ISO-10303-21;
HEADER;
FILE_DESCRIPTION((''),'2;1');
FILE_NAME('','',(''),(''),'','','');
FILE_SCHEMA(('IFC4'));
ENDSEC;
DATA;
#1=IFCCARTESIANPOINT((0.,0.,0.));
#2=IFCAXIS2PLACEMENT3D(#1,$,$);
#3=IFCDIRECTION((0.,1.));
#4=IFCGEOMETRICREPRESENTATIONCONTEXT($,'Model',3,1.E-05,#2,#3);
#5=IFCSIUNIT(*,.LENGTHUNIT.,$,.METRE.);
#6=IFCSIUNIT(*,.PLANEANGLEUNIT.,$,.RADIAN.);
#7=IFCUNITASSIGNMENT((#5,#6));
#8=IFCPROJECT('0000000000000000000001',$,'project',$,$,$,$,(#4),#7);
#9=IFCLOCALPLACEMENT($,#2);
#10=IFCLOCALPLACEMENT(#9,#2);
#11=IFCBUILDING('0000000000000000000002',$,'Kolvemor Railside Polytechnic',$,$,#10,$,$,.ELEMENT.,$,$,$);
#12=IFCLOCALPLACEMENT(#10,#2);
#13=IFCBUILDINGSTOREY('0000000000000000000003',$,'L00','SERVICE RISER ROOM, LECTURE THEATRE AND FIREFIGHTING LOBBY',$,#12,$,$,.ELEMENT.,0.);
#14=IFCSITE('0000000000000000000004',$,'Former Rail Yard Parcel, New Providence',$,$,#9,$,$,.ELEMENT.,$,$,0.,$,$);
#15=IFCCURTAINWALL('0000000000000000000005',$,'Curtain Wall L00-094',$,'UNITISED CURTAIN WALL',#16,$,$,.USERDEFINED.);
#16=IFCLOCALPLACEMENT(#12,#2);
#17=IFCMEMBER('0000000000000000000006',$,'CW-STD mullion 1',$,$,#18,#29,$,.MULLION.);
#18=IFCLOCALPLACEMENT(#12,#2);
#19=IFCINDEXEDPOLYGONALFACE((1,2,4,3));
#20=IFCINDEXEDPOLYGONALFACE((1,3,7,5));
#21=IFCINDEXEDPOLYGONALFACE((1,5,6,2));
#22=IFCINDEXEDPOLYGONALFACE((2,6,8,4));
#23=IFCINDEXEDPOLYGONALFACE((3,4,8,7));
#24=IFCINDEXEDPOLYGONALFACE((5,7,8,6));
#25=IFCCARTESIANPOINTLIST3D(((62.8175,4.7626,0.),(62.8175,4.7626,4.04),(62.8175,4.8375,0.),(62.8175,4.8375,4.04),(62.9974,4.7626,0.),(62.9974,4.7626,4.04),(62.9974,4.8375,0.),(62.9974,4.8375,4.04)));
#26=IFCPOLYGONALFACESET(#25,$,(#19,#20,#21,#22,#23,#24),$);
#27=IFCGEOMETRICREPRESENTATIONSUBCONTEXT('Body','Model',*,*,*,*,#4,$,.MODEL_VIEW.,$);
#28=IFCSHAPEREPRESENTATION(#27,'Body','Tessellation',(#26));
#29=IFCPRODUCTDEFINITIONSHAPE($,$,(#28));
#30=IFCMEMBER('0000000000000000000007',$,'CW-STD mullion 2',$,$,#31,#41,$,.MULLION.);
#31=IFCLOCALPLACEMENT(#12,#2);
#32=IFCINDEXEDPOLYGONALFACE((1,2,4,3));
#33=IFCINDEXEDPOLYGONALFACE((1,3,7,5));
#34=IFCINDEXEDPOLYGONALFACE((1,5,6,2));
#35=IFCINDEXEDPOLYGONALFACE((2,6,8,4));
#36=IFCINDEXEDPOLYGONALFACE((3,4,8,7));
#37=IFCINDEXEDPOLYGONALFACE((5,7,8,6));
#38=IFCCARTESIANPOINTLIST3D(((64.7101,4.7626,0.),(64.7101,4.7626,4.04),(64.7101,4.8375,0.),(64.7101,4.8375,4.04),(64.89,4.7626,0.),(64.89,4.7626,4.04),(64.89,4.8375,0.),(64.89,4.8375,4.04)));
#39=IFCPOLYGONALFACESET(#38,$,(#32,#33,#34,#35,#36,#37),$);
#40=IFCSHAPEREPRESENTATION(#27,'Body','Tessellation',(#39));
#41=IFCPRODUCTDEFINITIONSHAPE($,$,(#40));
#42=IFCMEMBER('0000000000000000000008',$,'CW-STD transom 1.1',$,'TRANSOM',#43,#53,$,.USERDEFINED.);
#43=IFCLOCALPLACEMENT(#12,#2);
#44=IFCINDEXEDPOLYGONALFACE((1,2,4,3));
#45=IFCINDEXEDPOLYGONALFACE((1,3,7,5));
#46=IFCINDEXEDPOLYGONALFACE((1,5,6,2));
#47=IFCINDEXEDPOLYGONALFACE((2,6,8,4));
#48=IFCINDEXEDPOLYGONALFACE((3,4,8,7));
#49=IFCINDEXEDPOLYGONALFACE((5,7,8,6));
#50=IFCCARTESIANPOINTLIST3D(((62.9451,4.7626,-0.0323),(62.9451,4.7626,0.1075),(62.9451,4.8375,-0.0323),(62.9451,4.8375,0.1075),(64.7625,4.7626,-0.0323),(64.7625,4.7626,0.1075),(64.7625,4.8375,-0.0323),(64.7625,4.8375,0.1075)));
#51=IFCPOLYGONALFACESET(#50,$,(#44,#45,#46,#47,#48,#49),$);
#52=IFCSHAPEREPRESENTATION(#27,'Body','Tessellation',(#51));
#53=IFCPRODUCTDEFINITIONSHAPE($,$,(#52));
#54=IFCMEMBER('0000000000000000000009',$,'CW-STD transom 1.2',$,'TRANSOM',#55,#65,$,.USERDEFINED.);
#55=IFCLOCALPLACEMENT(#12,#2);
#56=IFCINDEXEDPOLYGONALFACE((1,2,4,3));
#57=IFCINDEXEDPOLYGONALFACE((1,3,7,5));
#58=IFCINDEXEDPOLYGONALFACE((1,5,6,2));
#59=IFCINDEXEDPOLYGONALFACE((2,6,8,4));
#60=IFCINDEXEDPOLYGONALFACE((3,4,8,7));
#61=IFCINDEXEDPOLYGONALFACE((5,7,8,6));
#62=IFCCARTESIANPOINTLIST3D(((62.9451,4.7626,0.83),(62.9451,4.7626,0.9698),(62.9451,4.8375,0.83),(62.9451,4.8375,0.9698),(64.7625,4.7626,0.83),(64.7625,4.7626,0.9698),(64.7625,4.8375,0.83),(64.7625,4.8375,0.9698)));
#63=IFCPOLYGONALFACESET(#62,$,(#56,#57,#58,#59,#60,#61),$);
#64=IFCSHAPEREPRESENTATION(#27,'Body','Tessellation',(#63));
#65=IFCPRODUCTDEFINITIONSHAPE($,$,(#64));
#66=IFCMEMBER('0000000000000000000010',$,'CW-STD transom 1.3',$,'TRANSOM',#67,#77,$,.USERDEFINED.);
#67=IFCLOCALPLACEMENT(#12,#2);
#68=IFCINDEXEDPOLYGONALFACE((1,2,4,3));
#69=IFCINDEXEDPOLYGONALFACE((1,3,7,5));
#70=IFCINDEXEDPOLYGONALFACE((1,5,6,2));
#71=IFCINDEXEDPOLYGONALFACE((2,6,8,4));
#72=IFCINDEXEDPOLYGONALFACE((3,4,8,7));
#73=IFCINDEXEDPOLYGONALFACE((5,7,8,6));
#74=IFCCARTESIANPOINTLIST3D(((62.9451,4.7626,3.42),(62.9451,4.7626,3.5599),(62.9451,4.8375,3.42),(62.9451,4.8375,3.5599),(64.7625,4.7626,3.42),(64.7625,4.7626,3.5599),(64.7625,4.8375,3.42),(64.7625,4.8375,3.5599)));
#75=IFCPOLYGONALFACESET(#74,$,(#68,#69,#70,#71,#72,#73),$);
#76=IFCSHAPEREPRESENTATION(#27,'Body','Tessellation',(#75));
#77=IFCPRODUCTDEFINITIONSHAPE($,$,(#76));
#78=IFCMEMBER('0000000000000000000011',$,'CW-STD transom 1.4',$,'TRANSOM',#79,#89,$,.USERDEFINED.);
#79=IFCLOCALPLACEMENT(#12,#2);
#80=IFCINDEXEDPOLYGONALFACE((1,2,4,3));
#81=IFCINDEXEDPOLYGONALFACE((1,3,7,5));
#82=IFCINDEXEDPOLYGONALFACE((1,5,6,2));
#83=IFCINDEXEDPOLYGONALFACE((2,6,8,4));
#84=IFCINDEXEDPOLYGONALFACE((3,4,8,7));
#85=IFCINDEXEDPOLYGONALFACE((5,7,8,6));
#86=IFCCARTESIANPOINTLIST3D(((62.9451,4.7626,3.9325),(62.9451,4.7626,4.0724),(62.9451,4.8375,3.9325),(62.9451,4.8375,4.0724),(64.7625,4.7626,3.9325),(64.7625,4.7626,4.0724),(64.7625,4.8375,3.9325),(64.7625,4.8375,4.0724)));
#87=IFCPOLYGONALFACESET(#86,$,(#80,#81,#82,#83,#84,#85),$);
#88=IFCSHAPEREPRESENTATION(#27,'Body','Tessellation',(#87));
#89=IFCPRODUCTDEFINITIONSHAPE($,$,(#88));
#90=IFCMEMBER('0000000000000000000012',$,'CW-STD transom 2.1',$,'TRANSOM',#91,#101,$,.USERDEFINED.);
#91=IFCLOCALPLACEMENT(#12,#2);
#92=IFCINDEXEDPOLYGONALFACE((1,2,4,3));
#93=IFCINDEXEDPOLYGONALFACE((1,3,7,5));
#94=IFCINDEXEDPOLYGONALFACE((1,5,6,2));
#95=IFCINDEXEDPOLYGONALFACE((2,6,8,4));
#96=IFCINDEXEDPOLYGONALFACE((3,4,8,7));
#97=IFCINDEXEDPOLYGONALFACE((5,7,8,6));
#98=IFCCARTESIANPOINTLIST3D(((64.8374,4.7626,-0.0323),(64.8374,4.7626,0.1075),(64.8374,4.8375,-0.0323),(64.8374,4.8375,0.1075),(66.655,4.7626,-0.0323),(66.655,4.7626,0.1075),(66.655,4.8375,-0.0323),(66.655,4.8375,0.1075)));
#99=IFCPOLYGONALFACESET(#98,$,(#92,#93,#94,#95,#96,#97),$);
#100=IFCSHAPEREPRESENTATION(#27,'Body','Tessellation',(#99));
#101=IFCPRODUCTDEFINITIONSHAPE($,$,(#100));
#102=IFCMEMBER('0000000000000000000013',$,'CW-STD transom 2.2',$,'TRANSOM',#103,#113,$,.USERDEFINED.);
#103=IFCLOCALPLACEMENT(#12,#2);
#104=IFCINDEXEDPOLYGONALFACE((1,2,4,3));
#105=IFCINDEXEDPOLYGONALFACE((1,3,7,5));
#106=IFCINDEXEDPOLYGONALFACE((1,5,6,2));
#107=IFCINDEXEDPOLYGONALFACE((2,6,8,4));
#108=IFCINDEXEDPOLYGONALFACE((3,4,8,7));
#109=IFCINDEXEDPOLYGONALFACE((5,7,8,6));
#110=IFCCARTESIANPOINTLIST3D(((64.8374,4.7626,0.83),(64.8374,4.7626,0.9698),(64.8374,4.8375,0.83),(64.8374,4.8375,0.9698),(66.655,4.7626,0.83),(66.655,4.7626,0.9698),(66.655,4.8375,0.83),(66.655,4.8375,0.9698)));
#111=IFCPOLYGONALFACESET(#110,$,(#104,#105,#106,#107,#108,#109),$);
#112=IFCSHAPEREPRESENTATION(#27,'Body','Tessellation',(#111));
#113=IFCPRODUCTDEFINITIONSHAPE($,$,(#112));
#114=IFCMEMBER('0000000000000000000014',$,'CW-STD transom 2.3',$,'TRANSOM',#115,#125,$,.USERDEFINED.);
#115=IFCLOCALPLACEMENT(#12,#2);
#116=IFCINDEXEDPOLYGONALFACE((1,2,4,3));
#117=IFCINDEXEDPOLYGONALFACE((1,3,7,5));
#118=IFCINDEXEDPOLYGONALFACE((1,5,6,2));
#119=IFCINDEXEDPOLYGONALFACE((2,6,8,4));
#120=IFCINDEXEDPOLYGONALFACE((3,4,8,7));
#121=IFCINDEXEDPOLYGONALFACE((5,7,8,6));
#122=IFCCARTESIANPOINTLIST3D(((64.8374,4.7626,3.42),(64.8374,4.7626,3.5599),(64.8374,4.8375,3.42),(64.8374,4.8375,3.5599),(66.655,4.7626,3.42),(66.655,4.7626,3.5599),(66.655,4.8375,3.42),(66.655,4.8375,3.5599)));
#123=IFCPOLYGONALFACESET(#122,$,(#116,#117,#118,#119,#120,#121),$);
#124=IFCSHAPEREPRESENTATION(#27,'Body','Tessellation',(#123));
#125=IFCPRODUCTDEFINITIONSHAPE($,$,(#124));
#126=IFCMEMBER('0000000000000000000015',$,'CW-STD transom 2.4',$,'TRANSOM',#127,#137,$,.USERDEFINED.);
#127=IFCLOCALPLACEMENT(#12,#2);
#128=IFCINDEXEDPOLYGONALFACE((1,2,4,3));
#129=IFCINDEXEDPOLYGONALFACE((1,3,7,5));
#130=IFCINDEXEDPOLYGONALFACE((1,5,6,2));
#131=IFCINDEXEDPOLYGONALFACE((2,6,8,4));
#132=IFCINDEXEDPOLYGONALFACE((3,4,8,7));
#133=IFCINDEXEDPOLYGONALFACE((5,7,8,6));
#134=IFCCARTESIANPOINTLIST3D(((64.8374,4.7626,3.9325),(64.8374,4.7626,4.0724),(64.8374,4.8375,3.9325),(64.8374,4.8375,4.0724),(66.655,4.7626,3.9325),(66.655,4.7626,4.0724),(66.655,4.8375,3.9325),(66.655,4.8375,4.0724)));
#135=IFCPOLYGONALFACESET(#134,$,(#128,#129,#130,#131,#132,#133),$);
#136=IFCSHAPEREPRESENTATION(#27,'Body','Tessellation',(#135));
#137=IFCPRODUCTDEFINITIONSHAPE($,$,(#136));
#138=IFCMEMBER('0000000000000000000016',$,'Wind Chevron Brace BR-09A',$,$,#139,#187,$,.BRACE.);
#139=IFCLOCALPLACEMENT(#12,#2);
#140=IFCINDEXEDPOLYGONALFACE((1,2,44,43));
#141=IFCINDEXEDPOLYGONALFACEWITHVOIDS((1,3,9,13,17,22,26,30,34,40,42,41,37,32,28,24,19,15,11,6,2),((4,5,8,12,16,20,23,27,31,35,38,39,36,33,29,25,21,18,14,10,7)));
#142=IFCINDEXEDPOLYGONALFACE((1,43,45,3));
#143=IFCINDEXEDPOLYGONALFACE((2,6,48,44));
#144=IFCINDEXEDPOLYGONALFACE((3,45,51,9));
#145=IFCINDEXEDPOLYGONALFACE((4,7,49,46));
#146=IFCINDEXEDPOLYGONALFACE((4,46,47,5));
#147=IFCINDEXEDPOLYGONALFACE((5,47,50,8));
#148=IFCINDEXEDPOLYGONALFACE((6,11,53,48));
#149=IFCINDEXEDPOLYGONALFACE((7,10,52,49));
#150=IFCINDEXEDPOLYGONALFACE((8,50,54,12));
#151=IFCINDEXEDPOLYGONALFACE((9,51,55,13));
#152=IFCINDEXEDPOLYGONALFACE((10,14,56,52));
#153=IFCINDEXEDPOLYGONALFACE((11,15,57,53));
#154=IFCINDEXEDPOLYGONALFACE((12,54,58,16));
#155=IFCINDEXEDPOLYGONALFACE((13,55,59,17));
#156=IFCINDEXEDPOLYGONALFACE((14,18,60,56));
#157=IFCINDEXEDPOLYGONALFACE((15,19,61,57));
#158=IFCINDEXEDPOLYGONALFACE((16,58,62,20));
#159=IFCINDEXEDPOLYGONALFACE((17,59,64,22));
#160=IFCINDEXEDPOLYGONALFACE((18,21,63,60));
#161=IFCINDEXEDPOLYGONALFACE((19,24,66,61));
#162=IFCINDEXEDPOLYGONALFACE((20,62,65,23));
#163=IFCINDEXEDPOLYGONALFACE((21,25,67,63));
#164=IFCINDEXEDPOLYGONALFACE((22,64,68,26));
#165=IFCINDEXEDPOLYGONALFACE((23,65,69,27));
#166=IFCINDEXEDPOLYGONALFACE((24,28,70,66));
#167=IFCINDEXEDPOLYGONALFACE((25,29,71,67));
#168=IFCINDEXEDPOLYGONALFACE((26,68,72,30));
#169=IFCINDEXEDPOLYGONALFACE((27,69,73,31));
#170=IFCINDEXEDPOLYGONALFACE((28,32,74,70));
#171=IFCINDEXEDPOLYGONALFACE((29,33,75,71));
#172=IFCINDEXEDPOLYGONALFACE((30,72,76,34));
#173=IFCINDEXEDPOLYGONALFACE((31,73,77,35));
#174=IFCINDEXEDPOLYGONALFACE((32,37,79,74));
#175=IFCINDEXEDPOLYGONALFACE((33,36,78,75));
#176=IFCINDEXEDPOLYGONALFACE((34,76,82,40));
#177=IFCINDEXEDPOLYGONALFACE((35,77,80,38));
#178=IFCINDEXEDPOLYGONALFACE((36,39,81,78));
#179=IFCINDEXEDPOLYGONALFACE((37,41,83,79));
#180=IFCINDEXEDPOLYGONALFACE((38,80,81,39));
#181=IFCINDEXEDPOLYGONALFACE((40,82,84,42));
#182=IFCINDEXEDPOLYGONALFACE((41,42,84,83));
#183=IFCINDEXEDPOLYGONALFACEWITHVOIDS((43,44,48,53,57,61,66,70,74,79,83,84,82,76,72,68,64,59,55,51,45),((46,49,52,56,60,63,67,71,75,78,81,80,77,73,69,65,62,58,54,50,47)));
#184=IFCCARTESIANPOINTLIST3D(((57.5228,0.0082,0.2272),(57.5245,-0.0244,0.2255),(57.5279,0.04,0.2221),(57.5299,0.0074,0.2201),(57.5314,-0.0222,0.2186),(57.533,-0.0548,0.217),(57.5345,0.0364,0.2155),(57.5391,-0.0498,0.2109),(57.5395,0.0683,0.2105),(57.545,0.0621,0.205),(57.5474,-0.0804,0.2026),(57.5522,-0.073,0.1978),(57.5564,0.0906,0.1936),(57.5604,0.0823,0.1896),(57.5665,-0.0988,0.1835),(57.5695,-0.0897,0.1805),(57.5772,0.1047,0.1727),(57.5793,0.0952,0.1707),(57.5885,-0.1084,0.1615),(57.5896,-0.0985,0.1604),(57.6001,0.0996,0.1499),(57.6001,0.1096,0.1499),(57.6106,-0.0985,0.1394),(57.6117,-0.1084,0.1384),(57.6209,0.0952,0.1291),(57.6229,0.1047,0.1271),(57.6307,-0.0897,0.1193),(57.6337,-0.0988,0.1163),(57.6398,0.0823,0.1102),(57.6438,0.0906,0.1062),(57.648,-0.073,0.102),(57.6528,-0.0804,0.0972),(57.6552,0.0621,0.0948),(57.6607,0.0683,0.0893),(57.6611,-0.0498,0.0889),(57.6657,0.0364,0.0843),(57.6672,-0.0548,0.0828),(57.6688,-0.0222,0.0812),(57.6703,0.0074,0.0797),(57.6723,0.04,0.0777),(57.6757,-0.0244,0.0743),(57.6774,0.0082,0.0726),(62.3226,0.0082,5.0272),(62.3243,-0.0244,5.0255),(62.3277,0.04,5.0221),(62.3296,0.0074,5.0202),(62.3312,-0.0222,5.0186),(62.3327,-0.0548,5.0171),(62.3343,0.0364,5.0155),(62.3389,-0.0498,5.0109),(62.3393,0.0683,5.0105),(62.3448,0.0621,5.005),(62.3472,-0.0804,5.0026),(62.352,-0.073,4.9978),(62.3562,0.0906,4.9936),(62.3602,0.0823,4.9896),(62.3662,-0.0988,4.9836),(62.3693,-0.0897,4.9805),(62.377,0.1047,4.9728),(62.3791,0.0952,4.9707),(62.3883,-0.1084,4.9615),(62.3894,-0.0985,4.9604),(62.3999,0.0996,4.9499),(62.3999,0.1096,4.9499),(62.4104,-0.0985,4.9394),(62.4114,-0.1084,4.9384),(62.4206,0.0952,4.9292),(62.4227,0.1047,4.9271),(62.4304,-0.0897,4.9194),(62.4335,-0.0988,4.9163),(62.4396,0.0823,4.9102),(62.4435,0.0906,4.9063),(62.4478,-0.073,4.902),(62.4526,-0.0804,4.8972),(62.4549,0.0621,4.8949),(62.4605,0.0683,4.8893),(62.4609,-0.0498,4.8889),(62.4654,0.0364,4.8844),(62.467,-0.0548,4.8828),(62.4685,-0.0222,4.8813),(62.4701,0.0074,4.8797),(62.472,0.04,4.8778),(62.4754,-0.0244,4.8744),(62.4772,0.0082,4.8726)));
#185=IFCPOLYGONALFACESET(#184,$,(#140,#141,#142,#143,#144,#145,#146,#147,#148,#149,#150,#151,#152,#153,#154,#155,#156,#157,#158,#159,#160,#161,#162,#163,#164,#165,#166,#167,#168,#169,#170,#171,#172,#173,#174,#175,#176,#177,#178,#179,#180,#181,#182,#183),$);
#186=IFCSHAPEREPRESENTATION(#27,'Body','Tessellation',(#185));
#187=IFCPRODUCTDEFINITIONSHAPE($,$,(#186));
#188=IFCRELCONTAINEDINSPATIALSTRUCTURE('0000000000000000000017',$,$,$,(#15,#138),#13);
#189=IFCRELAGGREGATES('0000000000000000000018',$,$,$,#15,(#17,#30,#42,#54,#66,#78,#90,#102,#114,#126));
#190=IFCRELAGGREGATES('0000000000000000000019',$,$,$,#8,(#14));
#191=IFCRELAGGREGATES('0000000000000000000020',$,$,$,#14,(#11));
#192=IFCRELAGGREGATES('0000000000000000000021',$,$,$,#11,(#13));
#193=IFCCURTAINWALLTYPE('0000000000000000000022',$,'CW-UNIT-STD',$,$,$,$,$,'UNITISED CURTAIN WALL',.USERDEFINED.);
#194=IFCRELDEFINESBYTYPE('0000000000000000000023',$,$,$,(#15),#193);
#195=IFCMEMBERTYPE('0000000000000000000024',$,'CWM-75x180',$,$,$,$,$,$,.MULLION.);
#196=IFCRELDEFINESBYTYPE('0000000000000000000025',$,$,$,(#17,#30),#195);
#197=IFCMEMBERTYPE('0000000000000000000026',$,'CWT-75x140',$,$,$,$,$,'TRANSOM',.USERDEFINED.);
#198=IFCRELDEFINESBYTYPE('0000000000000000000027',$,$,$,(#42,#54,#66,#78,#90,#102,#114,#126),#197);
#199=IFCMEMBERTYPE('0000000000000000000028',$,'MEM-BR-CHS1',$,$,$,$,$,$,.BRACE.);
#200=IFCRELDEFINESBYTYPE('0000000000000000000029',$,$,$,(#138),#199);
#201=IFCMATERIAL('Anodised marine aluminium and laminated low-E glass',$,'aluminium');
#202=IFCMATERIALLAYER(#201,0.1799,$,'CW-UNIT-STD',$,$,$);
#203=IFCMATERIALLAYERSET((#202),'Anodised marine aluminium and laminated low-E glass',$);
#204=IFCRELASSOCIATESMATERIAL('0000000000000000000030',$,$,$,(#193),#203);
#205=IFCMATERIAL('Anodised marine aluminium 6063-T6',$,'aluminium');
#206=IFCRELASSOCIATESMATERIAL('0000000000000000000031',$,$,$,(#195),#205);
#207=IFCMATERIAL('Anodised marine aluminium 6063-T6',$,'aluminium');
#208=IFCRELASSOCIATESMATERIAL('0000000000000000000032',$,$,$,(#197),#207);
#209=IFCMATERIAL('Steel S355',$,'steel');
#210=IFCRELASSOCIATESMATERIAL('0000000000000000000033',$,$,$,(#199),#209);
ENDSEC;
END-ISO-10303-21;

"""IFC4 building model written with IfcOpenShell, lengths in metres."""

from ifc_helpers import new_model, si_unit, direction, frame, origin, origin_2d, place, context, subcontext, project, spatial, rectangle, hollow_circle, extrude, material, layer, layer_set, material_profile, profile_set, type_object, element, aggregate, save


model = new_model("IFC4")

# Units and contexts
model_context = context("Model", 3, precision=1e-05, world=origin(), true_north=direction((0.0, 1.0)))
body_context = subcontext(model_context, "Body", "Model", "MODEL_VIEW")
ifc_project = project(units=[si_unit("LENGTHUNIT", "METRE"), si_unit("PLANEANGLEUNIT", "RADIAN")], contexts=[model_context])

# Site, building, storey
site_placement = place(None, origin())
site = spatial("IfcSite", under=ifc_project, at=site_placement, Name="Former Rail Yard Parcel, New Providence", CompositionType="ELEMENT", RefElevation=0.0)
building_placement = place(site_placement, origin())
building = spatial("IfcBuilding", under=site, at=building_placement, Name="Kolvemor Railside Polytechnic", CompositionType="ELEMENT")
storey_placement = place(building_placement, origin())
storey = spatial("IfcBuildingStorey", under=building, at=storey_placement, Name="L00", Description="SERVICE RISER ROOM, LECTURE THEATRE AND FIREFIGHTING LOBBY", CompositionType="ELEMENT", Elevation=0.0)

# Curtain wall, members
ifc_material_1 = material(Name="Anodised marine aluminium and laminated low-E glass", Category="aluminium")
ifc_layer_1 = layer(ifc_material_1, 0.1799, Name="CW-UNIT-STD")
ifc_layer_set_1 = layer_set([ifc_layer_1], Name="Anodised marine aluminium and laminated low-E glass")
curtain_wall_type = type_object("IfcCurtainWallType", Name="CW-UNIT-STD", ElementType="UNITISED CURTAIN WALL", PredefinedType="USERDEFINED", material=ifc_layer_set_1)
curtain_wall_placement = place(storey_placement, origin())
curtain_wall = element("IfcCurtainWall", 1, at=curtain_wall_placement, inside=storey, type_object=curtain_wall_type, Name="Curtain Wall L00-094", ObjectType="UNITISED CURTAIN WALL", PredefinedType="USERDEFINED")
ifc_material_2 = material(Name="Anodised marine aluminium 6063-T6", Category="aluminium")
ifc_material_profile_1 = material_profile(ifc_material_2, rectangle(XDim=0.075, YDim=0.1799, at=origin_2d()), Name="CW-MUL-75x180")
ifc_profile_set_1 = profile_set([ifc_material_profile_1], Name="Anodised marine aluminium 6063-T6")
member_type_1 = type_object("IfcMemberType", Name="CWM-75x180", PredefinedType="MULLION", material=ifc_profile_set_1)
member_1_placement = place(storey_placement, frame((62.9075, 4.8, 0.0), z_axis=(0.0, 0.0, 1.0), x_axis=(0.0, 1.0, 0.0)))
member_1 = element("IfcMember", 2, at=member_1_placement, type_object=member_type_1, Name="CW-STD mullion 1", PredefinedType="MULLION", context=body_context, shape_type="SweptSolid", body=[
    extrude(rectangle(XDim=0.075, YDim=0.1799, at=origin_2d()), origin(), (0.0, 0.0, 1.0), 4.04),
])
member_2_placement = place(storey_placement, frame((64.8, 4.8, 0.0), z_axis=(0.0, 0.0, 1.0), x_axis=(0.0, 1.0, 0.0)))
member_2 = element("IfcMember", 3, at=member_2_placement, type_object=member_type_1, Name="CW-STD mullion 2", PredefinedType="MULLION", context=body_context, shape_type="SweptSolid", body=[
    extrude(rectangle(XDim=0.075, YDim=0.1799, at=origin_2d()), origin(), (0.0, 0.0, 1.0), 4.04),
])
ifc_material_3 = material(Name="Anodised marine aluminium 6063-T6", Category="aluminium")
ifc_material_profile_2 = material_profile(ifc_material_3, rectangle(XDim=0.075, YDim=0.1399, at=origin_2d()), Name="CW-TRN-75x140")
ifc_profile_set_2 = profile_set([ifc_material_profile_2], Name="Anodised marine aluminium 6063-T6")
member_type_2 = type_object("IfcMemberType", Name="CWT-75x140", ElementType="TRANSOM", PredefinedType="USERDEFINED", material=ifc_profile_set_2)
member_3_placement = place(storey_placement, frame((62.9451, 4.8, 0.0376), z_axis=(1.0, 0.0, 0.0), x_axis=(0.0, 1.0, 0.0)))
member_3 = element("IfcMember", 4, at=member_3_placement, type_object=member_type_2, Name="CW-STD transom 1.1", ObjectType="TRANSOM", PredefinedType="USERDEFINED", context=body_context, shape_type="SweptSolid", body=[
    extrude(rectangle(XDim=0.075, YDim=0.1399, at=origin_2d()), origin(), (0.0, 0.0, 1.0), 1.8174),
])
member_4_placement = place(storey_placement, frame((62.9451, 4.8, 0.8999), z_axis=(1.0, 0.0, 0.0), x_axis=(0.0, 1.0, 0.0)))
member_4 = element("IfcMember", 5, at=member_4_placement, type_object=member_type_2, Name="CW-STD transom 1.2", ObjectType="TRANSOM", PredefinedType="USERDEFINED", context=body_context, shape_type="SweptSolid", body=[
    extrude(rectangle(XDim=0.075, YDim=0.1399, at=origin_2d()), origin(), (0.0, 0.0, 1.0), 1.8174),
])
member_5_placement = place(storey_placement, frame((62.9451, 4.8, 3.49), z_axis=(1.0, 0.0, 0.0), x_axis=(0.0, 1.0, 0.0)))
member_5 = element("IfcMember", 6, at=member_5_placement, type_object=member_type_2, Name="CW-STD transom 1.3", ObjectType="TRANSOM", PredefinedType="USERDEFINED", context=body_context, shape_type="SweptSolid", body=[
    extrude(rectangle(XDim=0.075, YDim=0.1399, at=origin_2d()), origin(), (0.0, 0.0, 1.0), 1.8174),
])
member_6_placement = place(storey_placement, frame((62.9451, 4.8, 4.0024), z_axis=(1.0, 0.0, 0.0), x_axis=(0.0, 1.0, 0.0)))
member_6 = element("IfcMember", 7, at=member_6_placement, type_object=member_type_2, Name="CW-STD transom 1.4", ObjectType="TRANSOM", PredefinedType="USERDEFINED", context=body_context, shape_type="SweptSolid", body=[
    extrude(rectangle(XDim=0.075, YDim=0.1399, at=origin_2d()), origin(), (0.0, 0.0, 1.0), 1.8174),
])
member_7_placement = place(storey_placement, frame((64.8374, 4.8, 0.0376), z_axis=(1.0, 0.0, 0.0), x_axis=(0.0, 1.0, 0.0)))
member_7 = element("IfcMember", 8, at=member_7_placement, type_object=member_type_2, Name="CW-STD transom 2.1", ObjectType="TRANSOM", PredefinedType="USERDEFINED", context=body_context, shape_type="SweptSolid", body=[
    extrude(rectangle(XDim=0.075, YDim=0.1399, at=origin_2d()), origin(), (0.0, 0.0, 1.0), 1.8176),
])
member_8_placement = place(storey_placement, frame((64.8374, 4.8, 0.8999), z_axis=(1.0, 0.0, 0.0), x_axis=(0.0, 1.0, 0.0)))
member_8 = element("IfcMember", 9, at=member_8_placement, type_object=member_type_2, Name="CW-STD transom 2.2", ObjectType="TRANSOM", PredefinedType="USERDEFINED", context=body_context, shape_type="SweptSolid", body=[
    extrude(rectangle(XDim=0.075, YDim=0.1399, at=origin_2d()), origin(), (0.0, 0.0, 1.0), 1.8176),
])
member_9_placement = place(storey_placement, frame((64.8374, 4.8, 3.49), z_axis=(1.0, 0.0, 0.0), x_axis=(0.0, 1.0, 0.0)))
member_9 = element("IfcMember", 10, at=member_9_placement, type_object=member_type_2, Name="CW-STD transom 2.3", ObjectType="TRANSOM", PredefinedType="USERDEFINED", context=body_context, shape_type="SweptSolid", body=[
    extrude(rectangle(XDim=0.075, YDim=0.1399, at=origin_2d()), origin(), (0.0, 0.0, 1.0), 1.8176),
])
member_10_placement = place(storey_placement, frame((64.8374, 4.8, 4.0024), z_axis=(1.0, 0.0, 0.0), x_axis=(0.0, 1.0, 0.0)))
member_10 = element("IfcMember", 11, at=member_10_placement, type_object=member_type_2, Name="CW-STD transom 2.4", ObjectType="TRANSOM", PredefinedType="USERDEFINED", context=body_context, shape_type="SweptSolid", body=[
    extrude(rectangle(XDim=0.075, YDim=0.1399, at=origin_2d()), origin(), (0.0, 0.0, 1.0), 1.8176),
])

# Member
ifc_material_4 = material(Name="Steel S355", Category="steel")
ifc_material_profile_3 = material_profile(ifc_material_4, hollow_circle(Radius=0.1096, WallThickness=0.01, at=origin_2d()), Name="CHS219.1x10")
ifc_profile_set_3 = profile_set([ifc_material_profile_3], Name="Steel S355")
member_type_3 = type_object("IfcMemberType", Name="MEM-BR-CHS1", PredefinedType="BRACE", material=ifc_profile_set_3)
member_11_placement = place(storey_placement, frame((57.6001, 0.0, 0.1499), z_axis=(0.707089, 0.0, 0.707125), x_axis=(0.0, 1.0, 0.0)))
element("IfcMember", 12, at=member_11_placement, inside=storey, type_object=member_type_3, Name="Wind Chevron Brace BR-09A", PredefinedType="BRACE", context=body_context, shape_type="SweptSolid", body=[
    extrude(hollow_circle(Radius=0.1096, WallThickness=0.01, at=origin_2d()), origin(), (0.0, 0.0, 1.0), 6.7881),
])

aggregate(curtain_wall, [member_1, member_2, member_3, member_4, member_5, member_6, member_7, member_8, member_9, member_10])

save(model, "model.ifc")
